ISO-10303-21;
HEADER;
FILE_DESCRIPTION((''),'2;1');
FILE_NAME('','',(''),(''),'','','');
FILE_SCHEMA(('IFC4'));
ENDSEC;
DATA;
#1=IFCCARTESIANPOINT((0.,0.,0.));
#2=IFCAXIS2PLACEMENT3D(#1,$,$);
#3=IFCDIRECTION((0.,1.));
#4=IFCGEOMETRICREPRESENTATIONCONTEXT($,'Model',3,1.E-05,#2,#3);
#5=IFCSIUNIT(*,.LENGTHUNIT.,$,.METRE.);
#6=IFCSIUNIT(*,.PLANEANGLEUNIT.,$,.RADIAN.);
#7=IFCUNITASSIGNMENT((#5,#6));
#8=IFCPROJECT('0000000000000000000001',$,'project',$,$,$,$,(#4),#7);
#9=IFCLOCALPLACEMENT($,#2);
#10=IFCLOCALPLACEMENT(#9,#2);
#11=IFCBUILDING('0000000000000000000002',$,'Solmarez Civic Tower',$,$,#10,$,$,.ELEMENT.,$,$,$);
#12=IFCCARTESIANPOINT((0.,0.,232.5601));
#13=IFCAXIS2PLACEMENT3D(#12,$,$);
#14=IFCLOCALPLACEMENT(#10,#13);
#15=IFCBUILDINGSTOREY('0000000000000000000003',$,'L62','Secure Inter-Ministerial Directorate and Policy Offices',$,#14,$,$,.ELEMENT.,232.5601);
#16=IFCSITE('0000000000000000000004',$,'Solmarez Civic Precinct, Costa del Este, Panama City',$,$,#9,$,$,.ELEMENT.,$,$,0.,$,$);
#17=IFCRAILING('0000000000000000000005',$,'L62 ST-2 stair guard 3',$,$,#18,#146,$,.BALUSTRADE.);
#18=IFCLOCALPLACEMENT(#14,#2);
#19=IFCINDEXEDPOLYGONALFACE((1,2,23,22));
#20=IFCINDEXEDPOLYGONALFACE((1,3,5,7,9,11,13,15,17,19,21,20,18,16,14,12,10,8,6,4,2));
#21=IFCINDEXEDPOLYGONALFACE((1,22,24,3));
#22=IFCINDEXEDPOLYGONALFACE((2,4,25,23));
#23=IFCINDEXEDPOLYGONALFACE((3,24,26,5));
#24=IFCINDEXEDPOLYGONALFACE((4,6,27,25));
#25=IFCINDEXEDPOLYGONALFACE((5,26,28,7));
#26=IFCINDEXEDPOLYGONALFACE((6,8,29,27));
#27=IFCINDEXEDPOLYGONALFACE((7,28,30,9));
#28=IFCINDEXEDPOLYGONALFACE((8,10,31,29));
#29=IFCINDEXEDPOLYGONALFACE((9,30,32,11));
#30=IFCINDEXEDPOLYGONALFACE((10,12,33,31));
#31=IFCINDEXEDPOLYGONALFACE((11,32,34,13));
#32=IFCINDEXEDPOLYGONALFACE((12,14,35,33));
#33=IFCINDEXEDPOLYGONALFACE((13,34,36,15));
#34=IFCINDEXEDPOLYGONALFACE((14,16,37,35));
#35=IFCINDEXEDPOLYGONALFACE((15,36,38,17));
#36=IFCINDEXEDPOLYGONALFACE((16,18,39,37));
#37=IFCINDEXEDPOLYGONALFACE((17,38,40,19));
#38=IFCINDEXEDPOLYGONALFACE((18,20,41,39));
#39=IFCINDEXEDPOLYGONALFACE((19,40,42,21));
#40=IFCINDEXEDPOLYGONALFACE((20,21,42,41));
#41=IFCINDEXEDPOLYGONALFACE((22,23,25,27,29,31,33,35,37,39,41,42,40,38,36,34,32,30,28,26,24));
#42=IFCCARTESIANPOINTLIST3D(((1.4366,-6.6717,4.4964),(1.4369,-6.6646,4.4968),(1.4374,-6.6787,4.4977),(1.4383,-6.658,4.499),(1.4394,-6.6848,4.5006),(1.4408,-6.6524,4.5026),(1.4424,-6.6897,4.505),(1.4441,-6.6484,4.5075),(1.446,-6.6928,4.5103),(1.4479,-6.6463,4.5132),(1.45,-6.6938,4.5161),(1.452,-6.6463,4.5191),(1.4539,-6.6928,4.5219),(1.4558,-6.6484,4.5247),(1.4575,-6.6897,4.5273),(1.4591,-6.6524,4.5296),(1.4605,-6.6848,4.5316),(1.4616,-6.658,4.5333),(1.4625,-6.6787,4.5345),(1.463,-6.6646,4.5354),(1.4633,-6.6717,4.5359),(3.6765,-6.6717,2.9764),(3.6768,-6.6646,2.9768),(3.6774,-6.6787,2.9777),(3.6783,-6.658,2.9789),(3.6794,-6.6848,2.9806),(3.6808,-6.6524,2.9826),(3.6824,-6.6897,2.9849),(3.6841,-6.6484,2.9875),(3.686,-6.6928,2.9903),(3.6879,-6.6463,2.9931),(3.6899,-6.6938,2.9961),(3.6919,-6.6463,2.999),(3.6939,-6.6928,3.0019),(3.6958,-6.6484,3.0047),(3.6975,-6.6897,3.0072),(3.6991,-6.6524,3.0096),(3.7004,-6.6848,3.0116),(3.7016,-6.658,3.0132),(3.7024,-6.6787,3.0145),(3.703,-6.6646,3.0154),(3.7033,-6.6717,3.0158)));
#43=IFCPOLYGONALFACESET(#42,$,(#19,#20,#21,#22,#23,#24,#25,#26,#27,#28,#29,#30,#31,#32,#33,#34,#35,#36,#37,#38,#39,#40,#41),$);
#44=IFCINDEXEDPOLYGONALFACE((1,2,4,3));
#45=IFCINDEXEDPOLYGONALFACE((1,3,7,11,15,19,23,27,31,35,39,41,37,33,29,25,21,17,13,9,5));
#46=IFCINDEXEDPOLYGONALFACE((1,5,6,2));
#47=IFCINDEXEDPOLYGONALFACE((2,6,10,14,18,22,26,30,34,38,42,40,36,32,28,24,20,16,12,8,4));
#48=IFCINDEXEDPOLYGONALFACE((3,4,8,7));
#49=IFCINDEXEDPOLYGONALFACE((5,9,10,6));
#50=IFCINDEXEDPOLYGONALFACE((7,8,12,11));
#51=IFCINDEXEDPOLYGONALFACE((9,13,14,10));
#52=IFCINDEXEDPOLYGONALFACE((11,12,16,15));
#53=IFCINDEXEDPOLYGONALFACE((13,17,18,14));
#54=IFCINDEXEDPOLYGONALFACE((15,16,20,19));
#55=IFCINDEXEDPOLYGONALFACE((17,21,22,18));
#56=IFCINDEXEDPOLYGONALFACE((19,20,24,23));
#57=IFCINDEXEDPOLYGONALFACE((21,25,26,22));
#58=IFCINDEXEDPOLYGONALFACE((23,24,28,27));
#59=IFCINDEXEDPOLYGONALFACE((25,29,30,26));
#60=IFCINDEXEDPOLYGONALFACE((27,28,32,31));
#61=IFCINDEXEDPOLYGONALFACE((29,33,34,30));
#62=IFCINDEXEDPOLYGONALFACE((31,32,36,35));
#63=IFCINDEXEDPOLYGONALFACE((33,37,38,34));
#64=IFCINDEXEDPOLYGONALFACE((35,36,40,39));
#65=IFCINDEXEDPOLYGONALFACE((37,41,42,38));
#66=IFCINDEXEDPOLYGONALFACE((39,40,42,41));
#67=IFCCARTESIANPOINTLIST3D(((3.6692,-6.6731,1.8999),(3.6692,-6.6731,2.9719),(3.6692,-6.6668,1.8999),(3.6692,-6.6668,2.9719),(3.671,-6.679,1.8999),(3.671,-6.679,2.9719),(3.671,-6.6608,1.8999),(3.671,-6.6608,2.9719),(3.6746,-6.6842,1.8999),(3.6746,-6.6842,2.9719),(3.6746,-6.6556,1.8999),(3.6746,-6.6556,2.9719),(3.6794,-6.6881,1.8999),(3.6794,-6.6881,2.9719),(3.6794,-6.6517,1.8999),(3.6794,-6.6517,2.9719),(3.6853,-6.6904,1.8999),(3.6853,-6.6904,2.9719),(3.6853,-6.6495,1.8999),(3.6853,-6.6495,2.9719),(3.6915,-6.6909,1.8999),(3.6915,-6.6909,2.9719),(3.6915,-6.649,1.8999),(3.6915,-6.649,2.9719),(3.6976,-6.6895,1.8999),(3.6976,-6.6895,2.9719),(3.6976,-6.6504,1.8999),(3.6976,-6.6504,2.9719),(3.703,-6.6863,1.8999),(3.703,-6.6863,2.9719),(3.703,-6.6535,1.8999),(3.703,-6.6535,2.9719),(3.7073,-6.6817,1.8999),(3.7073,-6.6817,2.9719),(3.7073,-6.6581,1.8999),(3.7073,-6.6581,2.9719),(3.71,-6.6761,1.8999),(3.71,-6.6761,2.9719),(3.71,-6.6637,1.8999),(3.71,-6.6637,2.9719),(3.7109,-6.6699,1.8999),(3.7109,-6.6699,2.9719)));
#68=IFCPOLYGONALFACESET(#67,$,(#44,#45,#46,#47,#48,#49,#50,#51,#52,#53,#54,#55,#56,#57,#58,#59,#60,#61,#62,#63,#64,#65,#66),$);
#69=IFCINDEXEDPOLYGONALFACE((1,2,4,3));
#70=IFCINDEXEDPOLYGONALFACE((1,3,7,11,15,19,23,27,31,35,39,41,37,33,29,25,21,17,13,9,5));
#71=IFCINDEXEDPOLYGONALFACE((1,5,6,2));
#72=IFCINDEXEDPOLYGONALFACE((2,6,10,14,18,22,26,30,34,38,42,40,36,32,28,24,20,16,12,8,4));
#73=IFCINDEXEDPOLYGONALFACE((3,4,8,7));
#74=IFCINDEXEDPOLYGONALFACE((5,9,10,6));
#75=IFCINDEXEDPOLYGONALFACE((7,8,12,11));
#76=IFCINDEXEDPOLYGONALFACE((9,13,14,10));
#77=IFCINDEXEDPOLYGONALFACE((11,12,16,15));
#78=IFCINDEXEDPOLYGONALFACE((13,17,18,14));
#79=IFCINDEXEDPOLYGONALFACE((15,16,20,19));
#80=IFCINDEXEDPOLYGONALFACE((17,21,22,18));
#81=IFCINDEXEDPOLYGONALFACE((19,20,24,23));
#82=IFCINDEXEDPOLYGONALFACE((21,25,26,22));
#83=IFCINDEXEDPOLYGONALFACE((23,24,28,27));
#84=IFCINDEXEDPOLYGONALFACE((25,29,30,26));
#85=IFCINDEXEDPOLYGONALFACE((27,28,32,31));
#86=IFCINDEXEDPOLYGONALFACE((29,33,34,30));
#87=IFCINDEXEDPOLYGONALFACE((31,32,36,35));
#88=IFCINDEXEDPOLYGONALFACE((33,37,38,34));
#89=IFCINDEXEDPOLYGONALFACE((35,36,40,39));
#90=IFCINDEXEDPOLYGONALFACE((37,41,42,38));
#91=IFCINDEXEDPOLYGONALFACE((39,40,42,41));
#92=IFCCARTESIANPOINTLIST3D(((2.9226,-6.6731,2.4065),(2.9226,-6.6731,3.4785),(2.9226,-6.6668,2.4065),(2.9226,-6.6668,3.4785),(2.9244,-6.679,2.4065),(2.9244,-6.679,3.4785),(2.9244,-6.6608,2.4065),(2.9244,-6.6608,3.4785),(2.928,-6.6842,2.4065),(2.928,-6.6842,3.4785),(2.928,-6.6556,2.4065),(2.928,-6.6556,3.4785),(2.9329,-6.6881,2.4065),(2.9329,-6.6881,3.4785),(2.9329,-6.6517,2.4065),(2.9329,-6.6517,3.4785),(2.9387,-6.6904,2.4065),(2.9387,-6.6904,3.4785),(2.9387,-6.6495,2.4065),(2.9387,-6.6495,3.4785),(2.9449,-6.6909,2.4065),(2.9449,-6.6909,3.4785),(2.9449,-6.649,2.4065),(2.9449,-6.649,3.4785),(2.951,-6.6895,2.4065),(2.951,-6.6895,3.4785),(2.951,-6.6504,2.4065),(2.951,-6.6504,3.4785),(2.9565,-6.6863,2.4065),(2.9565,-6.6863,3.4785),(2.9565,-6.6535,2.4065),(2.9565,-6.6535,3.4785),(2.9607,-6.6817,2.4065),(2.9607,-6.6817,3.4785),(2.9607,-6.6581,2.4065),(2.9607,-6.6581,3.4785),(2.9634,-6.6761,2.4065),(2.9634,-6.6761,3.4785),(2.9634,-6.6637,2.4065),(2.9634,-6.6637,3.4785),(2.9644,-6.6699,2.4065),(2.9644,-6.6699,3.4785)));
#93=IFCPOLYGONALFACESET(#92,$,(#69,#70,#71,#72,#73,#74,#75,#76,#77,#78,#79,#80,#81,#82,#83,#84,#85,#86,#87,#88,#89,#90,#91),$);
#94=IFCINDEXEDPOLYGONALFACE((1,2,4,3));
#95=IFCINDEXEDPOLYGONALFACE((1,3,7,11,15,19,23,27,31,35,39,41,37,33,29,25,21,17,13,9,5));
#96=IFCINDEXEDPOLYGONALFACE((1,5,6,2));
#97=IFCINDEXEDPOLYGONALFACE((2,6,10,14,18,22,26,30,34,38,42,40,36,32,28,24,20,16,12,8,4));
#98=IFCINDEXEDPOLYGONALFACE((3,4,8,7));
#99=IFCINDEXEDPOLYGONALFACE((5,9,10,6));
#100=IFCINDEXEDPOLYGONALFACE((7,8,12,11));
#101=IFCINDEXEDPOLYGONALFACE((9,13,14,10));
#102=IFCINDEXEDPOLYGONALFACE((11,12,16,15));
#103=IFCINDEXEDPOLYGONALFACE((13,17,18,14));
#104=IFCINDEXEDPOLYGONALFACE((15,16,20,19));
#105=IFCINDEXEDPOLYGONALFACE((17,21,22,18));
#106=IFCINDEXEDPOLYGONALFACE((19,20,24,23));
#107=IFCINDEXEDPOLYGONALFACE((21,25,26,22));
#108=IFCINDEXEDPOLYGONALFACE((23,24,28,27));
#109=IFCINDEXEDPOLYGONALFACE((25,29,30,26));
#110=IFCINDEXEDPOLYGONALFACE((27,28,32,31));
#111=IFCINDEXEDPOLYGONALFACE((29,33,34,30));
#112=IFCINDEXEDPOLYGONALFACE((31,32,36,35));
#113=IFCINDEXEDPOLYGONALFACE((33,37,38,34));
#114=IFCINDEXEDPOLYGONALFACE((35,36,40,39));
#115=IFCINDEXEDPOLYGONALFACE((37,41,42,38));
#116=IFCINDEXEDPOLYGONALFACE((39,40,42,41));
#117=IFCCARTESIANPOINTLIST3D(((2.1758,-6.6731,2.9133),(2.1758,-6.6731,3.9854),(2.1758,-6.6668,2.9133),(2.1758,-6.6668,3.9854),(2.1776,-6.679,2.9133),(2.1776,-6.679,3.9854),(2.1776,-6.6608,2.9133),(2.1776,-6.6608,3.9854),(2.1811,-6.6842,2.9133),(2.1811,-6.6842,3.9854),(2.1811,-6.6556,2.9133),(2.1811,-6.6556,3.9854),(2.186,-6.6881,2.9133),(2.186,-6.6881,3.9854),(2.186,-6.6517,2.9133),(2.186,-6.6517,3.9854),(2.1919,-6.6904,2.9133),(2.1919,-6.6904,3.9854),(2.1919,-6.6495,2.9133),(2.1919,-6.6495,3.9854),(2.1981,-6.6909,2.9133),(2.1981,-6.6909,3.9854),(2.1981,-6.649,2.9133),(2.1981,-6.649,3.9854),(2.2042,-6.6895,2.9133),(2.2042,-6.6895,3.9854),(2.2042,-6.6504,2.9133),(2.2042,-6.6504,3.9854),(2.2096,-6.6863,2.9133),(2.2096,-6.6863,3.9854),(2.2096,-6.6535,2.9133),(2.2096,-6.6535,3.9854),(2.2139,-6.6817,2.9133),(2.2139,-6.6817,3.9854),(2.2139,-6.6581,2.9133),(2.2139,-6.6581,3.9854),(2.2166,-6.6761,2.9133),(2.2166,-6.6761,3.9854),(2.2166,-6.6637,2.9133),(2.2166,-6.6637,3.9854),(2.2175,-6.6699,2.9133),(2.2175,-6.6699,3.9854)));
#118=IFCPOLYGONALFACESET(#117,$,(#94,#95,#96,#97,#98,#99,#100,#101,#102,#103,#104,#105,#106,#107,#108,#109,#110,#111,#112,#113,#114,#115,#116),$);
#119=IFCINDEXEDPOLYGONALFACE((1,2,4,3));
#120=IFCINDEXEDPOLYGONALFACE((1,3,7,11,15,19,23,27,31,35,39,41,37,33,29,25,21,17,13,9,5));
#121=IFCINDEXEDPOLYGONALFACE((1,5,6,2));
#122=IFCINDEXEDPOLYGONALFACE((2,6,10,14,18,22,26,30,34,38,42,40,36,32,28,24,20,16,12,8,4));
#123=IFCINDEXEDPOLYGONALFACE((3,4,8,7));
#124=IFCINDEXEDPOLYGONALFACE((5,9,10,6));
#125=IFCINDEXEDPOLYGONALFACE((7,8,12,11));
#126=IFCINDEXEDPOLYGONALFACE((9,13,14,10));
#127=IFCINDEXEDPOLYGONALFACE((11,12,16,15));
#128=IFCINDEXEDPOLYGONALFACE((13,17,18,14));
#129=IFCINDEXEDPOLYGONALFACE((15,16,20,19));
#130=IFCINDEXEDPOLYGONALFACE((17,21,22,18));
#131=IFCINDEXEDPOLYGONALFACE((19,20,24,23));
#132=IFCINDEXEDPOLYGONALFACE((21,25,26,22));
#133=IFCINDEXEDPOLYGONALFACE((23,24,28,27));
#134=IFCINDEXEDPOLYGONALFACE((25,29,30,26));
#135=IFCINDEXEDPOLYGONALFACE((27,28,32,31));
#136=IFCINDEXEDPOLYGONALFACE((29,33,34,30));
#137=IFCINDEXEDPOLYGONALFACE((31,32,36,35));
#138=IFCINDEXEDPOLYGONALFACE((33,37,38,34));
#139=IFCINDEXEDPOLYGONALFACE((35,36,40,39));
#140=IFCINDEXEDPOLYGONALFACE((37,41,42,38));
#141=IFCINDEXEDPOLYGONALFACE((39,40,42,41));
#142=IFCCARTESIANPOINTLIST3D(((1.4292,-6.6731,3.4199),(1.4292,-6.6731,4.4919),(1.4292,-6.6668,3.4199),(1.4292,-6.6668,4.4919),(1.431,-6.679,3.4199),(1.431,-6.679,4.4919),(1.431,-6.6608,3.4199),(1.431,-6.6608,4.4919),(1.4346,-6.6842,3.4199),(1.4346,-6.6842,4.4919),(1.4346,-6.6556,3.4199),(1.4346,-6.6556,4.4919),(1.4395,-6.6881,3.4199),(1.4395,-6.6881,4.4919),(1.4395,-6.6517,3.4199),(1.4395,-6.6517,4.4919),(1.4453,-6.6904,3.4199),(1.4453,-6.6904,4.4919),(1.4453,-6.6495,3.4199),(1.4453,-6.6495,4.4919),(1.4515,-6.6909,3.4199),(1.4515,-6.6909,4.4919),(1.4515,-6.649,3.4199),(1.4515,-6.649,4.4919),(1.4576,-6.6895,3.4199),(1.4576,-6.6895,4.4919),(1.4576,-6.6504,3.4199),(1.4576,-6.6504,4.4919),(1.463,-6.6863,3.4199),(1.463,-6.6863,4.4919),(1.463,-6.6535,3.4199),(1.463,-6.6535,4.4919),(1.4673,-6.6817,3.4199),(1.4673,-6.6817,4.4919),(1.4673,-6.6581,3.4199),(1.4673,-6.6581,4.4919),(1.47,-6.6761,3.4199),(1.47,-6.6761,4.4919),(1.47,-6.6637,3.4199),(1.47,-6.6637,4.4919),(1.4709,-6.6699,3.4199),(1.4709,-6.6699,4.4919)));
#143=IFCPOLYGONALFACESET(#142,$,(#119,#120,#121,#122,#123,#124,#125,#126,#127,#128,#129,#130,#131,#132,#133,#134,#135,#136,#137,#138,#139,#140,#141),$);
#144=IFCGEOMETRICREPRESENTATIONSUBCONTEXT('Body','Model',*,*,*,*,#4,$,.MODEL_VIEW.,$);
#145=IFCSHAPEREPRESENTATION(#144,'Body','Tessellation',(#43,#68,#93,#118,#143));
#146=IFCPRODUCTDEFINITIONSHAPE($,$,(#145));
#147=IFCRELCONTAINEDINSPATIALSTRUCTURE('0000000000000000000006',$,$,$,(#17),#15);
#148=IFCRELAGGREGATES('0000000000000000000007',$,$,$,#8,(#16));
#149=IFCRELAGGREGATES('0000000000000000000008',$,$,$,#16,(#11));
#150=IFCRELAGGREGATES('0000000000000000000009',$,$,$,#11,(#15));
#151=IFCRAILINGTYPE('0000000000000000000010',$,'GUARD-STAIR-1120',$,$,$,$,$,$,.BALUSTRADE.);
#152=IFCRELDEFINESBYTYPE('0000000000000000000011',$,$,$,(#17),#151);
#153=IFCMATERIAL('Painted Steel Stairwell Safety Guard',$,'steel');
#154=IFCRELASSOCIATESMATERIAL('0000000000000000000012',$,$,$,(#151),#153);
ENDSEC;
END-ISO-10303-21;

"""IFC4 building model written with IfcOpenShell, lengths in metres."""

from ifc_helpers import new_model, si_unit, direction, frame, origin, origin_2d, place, context, subcontext, project, spatial, circle, extrude, material, type_object, element, save


model = new_model("IFC4")

# Units and contexts
model_context = context("Model", 3, precision=1e-05, world=origin(), true_north=direction((0.0, 1.0)))
body_context = subcontext(model_context, "Body", "Model", "MODEL_VIEW")
ifc_project = project(units=[si_unit("LENGTHUNIT", "METRE"), si_unit("PLANEANGLEUNIT", "RADIAN")], contexts=[model_context])

# Site, building, storey
site_placement = place(None, origin())
site = spatial("IfcSite", under=ifc_project, at=site_placement, Name="Solmarez Civic Precinct, Costa del Este, Panama City", CompositionType="ELEMENT", RefElevation=0.0)
building_placement = place(site_placement, origin())
building = spatial("IfcBuilding", under=site, at=building_placement, Name="Solmarez Civic Tower", CompositionType="ELEMENT")
storey_placement = place(building_placement, frame((0.0, 0.0, 232.5601)))
storey = spatial("IfcBuildingStorey", under=building, at=storey_placement, Name="L62", Description="Secure Inter-Ministerial Directorate and Policy Offices", CompositionType="ELEMENT", Elevation=232.5601)

# Railing
ifc_material_1 = material(Name="Painted Steel Stairwell Safety Guard", Category="steel")
railing_type_1 = type_object("IfcRailingType", Name="GUARD-STAIR-1120", PredefinedType="BALUSTRADE", material=ifc_material_1)
railing_1_placement = place(storey_placement, frame((3.6899, -6.6699, 1.8999)))
element("IfcRailing", 1, at=railing_1_placement, inside=storey, type_object=railing_type_1, Name="L62 ST-2 stair guard 3", PredefinedType="BALUSTRADE", context=body_context, shape_type="SweptSolid", body=[
    extrude(circle(Radius=0.0239, at=origin_2d()), frame((0.0, 0.0, 1.0962), z_axis=(-0.827471, 0.0, 0.561508), x_axis=(0.0, -1.0, 0.0)), (0.0, 0.0, 1.0), 2.707),
    extrude(circle(Radius=0.021, at=origin_2d()), origin(), (0.0, 0.0, 1.0), 1.072),
    extrude(circle(Radius=0.021, at=origin_2d()), frame((-0.7466, 0.0, 0.5066)), (0.0, 0.0, 1.0), 1.072),
    extrude(circle(Radius=0.021, at=origin_2d()), frame((-1.4934, 0.0, 1.0134)), (0.0, 0.0, 1.0), 1.072),
    extrude(circle(Radius=0.021, at=origin_2d()), frame((-2.24, 0.0, 1.52)), (0.0, 0.0, 1.0), 1.072),
])

save(model, "model.ifc")
